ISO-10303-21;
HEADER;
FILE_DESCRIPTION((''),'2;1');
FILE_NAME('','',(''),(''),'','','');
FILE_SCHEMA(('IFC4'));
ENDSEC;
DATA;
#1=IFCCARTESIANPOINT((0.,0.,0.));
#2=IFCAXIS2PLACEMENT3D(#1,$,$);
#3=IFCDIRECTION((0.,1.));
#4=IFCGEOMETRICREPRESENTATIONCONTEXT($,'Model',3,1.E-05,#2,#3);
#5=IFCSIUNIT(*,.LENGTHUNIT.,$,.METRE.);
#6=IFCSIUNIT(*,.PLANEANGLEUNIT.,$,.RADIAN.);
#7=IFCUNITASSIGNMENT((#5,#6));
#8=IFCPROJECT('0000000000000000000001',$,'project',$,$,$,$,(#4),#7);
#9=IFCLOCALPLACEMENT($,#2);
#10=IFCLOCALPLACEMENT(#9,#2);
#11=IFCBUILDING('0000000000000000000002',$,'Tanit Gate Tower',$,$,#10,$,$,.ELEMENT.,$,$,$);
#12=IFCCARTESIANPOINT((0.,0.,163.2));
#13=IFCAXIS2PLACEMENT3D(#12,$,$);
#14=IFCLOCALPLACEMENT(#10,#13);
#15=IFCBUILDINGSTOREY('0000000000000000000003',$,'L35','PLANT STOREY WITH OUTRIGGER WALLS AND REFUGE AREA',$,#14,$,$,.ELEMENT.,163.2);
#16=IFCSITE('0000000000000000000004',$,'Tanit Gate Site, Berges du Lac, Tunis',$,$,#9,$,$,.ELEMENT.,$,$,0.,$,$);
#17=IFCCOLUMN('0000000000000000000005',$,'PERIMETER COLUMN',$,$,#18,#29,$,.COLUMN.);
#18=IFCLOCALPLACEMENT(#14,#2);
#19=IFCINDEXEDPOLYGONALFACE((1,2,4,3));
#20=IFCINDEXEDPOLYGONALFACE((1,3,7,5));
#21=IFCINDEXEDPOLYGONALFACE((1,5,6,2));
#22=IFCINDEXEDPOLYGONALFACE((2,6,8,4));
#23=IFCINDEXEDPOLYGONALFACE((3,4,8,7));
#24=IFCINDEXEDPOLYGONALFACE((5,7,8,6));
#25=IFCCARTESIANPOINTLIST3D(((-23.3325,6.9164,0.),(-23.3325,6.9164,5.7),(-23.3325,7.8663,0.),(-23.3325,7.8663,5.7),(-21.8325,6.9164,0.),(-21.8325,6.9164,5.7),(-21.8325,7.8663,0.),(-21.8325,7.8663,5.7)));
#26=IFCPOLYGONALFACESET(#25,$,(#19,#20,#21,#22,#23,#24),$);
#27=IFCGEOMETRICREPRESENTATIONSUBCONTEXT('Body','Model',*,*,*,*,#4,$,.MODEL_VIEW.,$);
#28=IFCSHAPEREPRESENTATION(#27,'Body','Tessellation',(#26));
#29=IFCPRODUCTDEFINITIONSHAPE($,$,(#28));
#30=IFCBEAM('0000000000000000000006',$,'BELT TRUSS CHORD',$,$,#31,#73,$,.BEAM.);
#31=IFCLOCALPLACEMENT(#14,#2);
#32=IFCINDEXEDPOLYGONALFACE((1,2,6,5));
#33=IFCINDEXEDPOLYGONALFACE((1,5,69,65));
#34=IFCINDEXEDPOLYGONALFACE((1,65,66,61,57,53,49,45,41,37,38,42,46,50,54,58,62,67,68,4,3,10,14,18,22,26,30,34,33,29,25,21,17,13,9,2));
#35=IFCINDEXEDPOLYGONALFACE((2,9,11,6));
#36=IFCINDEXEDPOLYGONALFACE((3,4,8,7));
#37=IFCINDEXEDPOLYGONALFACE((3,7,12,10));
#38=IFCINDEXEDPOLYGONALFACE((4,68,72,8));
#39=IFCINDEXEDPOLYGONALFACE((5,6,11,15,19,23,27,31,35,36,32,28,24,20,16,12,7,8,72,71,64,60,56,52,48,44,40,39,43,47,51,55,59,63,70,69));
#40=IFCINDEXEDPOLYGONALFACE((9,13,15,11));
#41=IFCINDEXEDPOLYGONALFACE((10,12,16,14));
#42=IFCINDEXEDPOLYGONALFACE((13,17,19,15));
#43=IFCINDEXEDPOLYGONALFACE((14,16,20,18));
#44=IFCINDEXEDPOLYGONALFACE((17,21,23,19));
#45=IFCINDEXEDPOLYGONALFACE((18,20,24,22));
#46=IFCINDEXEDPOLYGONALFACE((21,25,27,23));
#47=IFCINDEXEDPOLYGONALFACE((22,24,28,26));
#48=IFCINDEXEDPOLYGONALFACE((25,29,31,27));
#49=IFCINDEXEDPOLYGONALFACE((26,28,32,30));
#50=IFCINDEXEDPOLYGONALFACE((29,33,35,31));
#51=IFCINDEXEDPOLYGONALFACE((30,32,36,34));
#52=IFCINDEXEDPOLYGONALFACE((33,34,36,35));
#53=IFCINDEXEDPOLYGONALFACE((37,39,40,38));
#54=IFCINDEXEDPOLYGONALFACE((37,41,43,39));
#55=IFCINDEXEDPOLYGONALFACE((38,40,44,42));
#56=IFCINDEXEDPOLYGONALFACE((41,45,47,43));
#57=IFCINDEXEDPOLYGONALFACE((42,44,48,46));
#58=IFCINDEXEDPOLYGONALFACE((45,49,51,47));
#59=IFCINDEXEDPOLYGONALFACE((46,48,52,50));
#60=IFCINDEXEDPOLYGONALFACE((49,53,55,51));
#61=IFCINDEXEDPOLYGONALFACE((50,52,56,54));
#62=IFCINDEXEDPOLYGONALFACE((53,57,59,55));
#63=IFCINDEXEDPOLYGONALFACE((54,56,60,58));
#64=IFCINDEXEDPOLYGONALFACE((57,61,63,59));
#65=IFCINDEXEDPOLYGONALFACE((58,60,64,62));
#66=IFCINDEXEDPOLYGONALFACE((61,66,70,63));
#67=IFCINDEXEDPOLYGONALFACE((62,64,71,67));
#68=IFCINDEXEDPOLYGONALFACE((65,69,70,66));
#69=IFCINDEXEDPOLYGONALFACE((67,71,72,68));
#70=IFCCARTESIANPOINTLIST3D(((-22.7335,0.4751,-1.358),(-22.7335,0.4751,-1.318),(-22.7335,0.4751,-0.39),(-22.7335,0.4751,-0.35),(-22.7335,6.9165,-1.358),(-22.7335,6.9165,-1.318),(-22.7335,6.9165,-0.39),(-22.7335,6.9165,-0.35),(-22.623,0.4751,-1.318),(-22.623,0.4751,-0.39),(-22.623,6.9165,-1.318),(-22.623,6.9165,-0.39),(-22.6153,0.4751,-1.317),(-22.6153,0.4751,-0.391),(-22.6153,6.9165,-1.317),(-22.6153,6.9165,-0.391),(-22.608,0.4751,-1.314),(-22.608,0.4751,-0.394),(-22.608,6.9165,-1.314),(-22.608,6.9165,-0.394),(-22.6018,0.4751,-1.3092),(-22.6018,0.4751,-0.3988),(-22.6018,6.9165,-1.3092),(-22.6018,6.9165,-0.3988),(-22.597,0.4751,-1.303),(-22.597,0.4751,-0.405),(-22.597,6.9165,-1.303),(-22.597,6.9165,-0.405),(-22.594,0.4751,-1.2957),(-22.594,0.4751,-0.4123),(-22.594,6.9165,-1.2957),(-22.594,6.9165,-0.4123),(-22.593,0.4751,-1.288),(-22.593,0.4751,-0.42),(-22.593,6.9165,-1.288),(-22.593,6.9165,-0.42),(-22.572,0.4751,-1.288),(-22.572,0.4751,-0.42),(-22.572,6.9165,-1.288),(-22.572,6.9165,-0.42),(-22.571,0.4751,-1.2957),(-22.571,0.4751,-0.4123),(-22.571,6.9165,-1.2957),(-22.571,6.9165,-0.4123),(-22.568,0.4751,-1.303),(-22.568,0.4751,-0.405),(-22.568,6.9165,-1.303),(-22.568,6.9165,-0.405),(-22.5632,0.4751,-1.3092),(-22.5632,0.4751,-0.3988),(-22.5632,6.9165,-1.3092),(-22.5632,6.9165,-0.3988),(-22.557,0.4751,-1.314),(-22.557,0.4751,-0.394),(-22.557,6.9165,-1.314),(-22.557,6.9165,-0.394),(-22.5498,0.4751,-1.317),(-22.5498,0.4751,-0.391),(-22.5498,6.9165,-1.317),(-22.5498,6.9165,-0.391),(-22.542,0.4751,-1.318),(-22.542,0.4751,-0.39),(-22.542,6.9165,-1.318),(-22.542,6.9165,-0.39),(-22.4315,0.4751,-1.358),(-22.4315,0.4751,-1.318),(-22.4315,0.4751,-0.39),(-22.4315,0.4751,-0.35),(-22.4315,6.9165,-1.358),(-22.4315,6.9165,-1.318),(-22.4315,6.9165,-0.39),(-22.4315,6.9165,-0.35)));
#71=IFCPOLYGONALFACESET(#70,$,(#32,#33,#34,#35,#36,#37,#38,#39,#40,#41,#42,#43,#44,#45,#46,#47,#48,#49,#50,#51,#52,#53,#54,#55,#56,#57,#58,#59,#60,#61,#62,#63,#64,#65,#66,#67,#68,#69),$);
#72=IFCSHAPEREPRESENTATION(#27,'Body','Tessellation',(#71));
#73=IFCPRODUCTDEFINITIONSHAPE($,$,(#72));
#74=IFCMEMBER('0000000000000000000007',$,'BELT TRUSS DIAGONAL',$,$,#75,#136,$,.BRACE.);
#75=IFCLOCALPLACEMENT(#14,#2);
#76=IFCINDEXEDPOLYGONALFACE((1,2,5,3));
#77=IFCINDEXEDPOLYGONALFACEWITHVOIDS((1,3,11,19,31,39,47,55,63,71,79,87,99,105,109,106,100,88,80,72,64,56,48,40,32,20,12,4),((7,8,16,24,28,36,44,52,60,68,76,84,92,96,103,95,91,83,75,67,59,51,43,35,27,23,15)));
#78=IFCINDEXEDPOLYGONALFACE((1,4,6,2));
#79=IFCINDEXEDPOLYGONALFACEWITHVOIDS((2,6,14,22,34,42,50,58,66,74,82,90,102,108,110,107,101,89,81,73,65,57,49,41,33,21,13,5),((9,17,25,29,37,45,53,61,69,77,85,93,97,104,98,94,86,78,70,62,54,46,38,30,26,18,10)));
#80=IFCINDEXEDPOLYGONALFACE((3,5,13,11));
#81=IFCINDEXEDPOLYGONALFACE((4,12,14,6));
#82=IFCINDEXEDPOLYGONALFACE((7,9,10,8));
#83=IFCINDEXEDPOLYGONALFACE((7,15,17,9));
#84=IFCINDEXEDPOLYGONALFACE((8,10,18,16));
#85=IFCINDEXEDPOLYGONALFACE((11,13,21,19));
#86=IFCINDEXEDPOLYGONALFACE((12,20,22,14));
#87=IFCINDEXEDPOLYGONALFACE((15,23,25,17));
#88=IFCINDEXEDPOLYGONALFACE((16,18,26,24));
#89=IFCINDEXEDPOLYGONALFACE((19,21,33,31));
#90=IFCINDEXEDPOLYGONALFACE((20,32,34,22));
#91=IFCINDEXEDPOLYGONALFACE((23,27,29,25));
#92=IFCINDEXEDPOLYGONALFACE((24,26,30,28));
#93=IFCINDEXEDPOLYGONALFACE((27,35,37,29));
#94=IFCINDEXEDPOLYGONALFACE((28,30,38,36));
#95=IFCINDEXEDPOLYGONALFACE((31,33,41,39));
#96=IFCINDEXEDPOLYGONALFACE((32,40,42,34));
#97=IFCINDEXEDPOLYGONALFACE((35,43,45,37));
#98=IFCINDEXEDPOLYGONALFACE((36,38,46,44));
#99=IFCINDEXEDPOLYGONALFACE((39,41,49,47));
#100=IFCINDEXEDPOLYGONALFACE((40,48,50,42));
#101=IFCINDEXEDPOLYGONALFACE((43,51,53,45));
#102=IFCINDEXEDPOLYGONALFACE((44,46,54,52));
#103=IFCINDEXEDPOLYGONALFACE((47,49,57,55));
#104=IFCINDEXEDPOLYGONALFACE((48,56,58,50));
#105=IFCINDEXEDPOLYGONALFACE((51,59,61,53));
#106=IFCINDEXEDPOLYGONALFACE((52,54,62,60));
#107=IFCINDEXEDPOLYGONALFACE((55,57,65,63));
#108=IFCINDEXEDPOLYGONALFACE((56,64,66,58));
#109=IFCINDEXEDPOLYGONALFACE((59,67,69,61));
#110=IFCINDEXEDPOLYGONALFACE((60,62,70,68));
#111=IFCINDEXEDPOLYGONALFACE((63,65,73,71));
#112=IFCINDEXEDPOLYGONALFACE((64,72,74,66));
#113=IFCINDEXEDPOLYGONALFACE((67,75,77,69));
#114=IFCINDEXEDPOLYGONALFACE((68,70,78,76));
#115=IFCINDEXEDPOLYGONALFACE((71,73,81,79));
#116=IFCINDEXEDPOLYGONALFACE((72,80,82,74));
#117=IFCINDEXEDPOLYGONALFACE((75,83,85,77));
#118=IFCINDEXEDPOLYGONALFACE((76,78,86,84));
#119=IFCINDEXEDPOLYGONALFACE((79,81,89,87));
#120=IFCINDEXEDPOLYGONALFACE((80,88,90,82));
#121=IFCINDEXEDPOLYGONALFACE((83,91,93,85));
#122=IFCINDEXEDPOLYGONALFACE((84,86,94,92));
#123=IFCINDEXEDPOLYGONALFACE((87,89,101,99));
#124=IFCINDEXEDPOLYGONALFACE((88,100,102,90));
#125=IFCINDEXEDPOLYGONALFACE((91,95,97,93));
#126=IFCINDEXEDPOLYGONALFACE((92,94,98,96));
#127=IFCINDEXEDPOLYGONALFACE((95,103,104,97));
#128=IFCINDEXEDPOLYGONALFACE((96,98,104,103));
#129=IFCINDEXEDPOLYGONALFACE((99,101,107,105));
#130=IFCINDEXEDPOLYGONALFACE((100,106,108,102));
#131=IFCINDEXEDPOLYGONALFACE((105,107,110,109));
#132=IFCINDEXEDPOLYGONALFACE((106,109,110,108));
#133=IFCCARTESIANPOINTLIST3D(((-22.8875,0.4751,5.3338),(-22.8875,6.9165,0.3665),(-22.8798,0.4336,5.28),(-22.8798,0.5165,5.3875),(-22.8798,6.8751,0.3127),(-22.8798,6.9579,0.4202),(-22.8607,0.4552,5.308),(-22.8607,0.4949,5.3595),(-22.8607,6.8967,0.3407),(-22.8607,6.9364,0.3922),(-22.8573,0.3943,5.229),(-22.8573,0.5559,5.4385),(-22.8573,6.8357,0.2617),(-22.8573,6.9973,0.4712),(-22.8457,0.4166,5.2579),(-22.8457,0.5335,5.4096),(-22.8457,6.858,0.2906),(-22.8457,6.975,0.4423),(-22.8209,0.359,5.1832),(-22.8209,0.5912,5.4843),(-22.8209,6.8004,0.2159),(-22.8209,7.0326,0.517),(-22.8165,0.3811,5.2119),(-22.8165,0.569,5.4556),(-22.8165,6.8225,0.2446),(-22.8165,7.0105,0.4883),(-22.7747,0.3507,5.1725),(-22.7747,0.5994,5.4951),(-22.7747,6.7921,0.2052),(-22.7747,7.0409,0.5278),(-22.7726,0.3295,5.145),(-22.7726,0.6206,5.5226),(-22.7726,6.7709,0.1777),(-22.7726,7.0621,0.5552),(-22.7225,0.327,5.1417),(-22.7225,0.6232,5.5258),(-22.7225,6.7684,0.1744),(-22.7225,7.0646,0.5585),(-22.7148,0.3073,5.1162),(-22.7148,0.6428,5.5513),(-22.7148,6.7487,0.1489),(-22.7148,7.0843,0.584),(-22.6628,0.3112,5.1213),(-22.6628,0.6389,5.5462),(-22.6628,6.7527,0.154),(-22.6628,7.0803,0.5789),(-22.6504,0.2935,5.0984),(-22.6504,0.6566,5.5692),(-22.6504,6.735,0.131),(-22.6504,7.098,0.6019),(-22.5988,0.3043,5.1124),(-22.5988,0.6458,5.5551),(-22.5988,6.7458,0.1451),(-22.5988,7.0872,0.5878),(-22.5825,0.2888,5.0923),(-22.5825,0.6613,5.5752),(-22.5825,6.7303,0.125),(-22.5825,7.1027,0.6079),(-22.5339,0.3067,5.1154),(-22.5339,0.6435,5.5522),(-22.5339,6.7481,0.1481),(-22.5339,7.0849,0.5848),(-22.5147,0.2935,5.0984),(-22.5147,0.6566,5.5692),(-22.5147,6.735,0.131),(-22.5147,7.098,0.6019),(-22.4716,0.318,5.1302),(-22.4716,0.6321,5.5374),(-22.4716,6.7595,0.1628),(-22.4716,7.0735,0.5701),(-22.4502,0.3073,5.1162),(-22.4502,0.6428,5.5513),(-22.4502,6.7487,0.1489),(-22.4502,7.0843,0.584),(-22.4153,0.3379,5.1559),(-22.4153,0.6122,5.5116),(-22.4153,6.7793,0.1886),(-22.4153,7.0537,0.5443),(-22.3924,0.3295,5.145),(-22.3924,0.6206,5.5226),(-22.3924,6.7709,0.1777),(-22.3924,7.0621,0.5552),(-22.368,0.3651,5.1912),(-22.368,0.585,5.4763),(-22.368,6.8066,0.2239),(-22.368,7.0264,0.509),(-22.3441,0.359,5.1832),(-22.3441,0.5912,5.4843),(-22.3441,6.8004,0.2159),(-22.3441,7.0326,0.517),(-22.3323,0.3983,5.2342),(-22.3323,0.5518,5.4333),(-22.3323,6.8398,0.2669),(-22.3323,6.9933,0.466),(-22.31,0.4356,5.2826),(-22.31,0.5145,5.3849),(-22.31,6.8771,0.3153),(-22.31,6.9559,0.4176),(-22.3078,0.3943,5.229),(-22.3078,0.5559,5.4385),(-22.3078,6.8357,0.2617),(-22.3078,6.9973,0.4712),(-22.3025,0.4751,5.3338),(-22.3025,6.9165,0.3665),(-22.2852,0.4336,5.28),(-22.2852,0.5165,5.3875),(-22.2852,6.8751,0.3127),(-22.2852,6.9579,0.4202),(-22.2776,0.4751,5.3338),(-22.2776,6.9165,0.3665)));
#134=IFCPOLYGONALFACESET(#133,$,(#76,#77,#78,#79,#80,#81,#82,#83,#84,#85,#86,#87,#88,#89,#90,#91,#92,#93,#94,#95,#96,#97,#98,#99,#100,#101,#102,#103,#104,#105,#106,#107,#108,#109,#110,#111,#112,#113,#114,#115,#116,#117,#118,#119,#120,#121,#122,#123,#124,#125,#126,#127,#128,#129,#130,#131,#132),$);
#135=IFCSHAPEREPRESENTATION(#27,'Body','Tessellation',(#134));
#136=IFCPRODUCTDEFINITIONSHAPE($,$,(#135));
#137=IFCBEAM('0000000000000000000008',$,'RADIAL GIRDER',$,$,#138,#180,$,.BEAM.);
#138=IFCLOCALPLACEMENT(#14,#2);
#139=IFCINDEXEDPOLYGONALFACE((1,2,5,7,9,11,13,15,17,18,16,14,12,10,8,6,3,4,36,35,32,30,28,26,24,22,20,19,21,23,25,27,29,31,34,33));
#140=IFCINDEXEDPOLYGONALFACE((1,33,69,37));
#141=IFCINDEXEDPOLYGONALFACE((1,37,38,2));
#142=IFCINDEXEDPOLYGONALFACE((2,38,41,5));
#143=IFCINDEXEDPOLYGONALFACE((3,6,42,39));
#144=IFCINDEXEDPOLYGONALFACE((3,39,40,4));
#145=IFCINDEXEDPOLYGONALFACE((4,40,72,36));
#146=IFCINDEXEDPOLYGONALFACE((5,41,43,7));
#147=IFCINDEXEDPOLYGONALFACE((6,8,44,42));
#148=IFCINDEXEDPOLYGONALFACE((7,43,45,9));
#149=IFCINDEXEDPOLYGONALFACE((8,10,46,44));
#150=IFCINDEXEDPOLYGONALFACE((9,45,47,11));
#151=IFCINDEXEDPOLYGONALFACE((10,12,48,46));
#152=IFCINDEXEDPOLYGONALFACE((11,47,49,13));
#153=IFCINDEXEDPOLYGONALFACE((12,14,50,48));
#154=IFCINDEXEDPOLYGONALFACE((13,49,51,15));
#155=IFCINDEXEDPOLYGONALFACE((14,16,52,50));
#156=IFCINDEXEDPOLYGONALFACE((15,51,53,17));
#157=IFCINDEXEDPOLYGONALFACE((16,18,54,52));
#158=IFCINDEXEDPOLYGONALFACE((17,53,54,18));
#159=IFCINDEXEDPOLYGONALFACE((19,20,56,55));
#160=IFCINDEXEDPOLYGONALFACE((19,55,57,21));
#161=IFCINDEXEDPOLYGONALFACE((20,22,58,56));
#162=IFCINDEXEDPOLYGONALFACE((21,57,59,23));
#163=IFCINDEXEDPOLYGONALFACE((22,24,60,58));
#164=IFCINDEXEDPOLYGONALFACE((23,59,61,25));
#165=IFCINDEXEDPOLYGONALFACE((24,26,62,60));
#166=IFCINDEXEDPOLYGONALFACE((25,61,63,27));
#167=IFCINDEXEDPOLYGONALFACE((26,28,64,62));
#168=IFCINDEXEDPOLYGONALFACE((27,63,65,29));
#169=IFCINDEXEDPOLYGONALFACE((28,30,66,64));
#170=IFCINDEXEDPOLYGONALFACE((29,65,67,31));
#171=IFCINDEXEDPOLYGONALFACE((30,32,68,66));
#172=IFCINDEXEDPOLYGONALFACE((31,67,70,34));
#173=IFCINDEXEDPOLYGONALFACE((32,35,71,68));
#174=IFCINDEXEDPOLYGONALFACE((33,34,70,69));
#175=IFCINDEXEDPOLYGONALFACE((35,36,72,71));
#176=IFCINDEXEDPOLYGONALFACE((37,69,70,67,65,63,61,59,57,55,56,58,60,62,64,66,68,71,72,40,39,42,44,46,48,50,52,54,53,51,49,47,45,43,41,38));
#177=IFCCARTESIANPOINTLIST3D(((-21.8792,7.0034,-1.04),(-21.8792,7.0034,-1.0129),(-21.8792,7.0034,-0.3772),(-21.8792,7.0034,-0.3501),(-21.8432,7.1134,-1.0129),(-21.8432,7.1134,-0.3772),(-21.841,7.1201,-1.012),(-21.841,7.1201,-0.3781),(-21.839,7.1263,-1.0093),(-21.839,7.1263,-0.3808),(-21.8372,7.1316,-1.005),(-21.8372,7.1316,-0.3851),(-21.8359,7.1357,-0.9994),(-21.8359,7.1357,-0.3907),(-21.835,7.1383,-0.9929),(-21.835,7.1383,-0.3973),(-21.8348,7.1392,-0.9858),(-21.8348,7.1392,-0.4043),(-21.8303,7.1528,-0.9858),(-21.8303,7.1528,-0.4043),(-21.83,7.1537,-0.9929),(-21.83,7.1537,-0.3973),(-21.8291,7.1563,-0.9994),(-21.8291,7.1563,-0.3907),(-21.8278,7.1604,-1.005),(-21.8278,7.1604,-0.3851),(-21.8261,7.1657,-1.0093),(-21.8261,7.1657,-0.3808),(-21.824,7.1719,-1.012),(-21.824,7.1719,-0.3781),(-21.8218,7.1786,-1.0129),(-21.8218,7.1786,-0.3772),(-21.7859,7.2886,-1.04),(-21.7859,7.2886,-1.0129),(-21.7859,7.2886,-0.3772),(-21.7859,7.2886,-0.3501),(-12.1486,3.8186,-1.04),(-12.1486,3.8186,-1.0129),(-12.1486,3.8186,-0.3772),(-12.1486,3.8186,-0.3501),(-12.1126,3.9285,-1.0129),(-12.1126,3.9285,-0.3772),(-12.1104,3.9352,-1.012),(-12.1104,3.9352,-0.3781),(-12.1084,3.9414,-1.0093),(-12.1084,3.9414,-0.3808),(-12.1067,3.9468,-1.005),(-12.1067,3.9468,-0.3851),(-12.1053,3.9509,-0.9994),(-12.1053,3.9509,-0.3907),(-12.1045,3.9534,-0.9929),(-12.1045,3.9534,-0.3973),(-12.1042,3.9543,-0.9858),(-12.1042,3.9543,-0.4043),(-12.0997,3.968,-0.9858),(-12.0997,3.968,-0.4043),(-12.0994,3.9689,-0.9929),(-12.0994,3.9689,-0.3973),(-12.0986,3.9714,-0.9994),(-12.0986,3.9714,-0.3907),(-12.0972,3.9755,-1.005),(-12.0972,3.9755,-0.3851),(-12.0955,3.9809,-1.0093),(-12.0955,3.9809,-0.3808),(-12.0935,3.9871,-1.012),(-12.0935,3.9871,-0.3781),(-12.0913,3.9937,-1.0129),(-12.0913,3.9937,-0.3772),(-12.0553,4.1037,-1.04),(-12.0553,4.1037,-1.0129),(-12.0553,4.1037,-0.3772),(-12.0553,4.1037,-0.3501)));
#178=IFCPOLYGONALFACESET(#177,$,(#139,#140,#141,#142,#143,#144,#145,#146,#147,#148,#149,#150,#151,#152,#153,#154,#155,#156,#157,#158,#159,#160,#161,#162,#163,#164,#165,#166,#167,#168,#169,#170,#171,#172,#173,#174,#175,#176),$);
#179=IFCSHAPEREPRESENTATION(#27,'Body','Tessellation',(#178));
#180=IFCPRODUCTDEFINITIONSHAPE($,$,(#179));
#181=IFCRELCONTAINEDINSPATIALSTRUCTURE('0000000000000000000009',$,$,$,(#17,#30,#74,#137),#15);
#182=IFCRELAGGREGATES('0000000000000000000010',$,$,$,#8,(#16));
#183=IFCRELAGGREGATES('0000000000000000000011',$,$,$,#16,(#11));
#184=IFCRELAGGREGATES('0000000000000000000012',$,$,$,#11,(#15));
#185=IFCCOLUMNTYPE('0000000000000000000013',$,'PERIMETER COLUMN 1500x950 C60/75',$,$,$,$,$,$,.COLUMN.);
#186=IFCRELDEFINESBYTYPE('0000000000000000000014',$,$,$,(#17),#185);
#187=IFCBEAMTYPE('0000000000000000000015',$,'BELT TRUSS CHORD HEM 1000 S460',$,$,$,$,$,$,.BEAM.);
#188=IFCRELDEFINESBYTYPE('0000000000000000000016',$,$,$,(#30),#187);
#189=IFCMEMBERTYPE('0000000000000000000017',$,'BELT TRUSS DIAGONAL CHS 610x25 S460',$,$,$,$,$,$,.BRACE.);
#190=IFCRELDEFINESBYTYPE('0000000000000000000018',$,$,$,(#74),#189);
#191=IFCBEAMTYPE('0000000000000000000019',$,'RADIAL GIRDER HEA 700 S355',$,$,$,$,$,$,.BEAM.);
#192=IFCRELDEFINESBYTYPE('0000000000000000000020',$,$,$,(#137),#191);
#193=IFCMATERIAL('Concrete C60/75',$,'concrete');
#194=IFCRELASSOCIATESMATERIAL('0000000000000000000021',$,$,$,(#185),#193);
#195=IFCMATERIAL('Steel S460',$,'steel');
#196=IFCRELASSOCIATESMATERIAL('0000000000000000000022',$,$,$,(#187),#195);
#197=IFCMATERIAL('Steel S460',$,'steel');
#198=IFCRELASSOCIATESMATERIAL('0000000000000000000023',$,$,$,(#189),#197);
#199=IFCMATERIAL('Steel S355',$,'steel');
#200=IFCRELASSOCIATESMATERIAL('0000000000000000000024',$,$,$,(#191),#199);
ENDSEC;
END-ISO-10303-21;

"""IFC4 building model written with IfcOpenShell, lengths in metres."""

from ifc_helpers import new_model, si_unit, direction, frame, origin, origin_2d, place, context, subcontext, project, spatial, rectangle, hollow_circle, i_section, extrude, material, material_profile, profile_set, type_object, element, save


model = new_model("IFC4")

# Units and contexts
model_context = context("Model", 3, precision=1e-05, world=origin(), true_north=direction((0.0, 1.0)))
body_context = subcontext(model_context, "Body", "Model", "MODEL_VIEW")
ifc_project = project(units=[si_unit("LENGTHUNIT", "METRE"), si_unit("PLANEANGLEUNIT", "RADIAN")], contexts=[model_context])

# Site, building, storey
site_placement = place(None, origin())
site = spatial("IfcSite", under=ifc_project, at=site_placement, Name="Tanit Gate Site, Berges du Lac, Tunis", CompositionType="ELEMENT", RefElevation=0.0)
building_placement = place(site_placement, origin())
building = spatial("IfcBuilding", under=site, at=building_placement, Name="Tanit Gate Tower", CompositionType="ELEMENT")
storey_placement = place(building_placement, frame((0.0, 0.0, 163.2)))
storey = spatial("IfcBuildingStorey", under=building, at=storey_placement, Name="L35", Description="PLANT STOREY WITH OUTRIGGER WALLS AND REFUGE AREA", CompositionType="ELEMENT", Elevation=163.2)

# Column
ifc_material_1 = material(Name="Concrete C60/75", Category="concrete")
ifc_material_profile_1 = material_profile(ifc_material_1, rectangle(XDim=1.5, YDim=0.95, at=origin_2d()), Name="RC 1500x950")
ifc_profile_set_1 = profile_set([ifc_material_profile_1], Name="Concrete C60/75")
column_type = type_object("IfcColumnType", Name="PERIMETER COLUMN 1500x950 C60/75", PredefinedType="COLUMN", material=ifc_profile_set_1)
column_placement = place(storey_placement, frame((-22.5825, 7.3914, 0.0), z_axis=(0.0, 0.0, 1.0), x_axis=(-1.0, 0.0, 0.0)))
element("IfcColumn", 1, at=column_placement, inside=storey, type_object=column_type, Name="PERIMETER COLUMN", PredefinedType="COLUMN", context=body_context, shape_type="SweptSolid", body=[
    extrude(rectangle(XDim=1.5, YDim=0.95, at=origin_2d()), origin(), (0.0, 0.0, 1.0), 5.7),
])

# Beam
ifc_material_2 = material(Name="Steel S460", Category="steel")
ifc_material_profile_2 = material_profile(ifc_material_2, i_section(OverallWidth=0.302, OverallDepth=1.0081, WebThickness=0.021, FlangeThickness=0.04, FilletRadius=0.03, at=origin_2d()), Name="HEM 1000")
ifc_profile_set_2 = profile_set([ifc_material_profile_2], Name="Steel S460")
beam_type_1 = type_object("IfcBeamType", Name="BELT TRUSS CHORD HEM 1000 S460", PredefinedType="BEAM", material=ifc_profile_set_2)
beam_1_placement = place(storey_placement, frame((-22.5825, 6.9165, -0.854), z_axis=(0.0, -1.0, 0.0), x_axis=(1.0, 0.0, 0.0)))
element("IfcBeam", 2, at=beam_1_placement, inside=storey, type_object=beam_type_1, Name="BELT TRUSS CHORD", PredefinedType="BEAM", context=body_context, shape_type="SweptSolid", body=[
    extrude(i_section(OverallWidth=0.302, OverallDepth=1.0081, WebThickness=0.021, FlangeThickness=0.04, FilletRadius=0.03, at=origin_2d()), origin(), (0.0, 0.0, 1.0), 6.4414),
])

# Member
ifc_material_3 = material(Name="Steel S460", Category="steel")
ifc_material_profile_3 = material_profile(ifc_material_3, hollow_circle(Radius=0.3049, WallThickness=0.0249, at=origin_2d()), Name="CHS 610x25")
ifc_profile_set_3 = profile_set([ifc_material_profile_3], Name="Steel S460")
member_type = type_object("IfcMemberType", Name="BELT TRUSS DIAGONAL CHS 610x25 S460", PredefinedType="BRACE", material=ifc_profile_set_3)
member_placement = place(storey_placement, frame((-22.5825, 6.9165, 0.3665), z_axis=(0.0, -0.791889, 0.610665), x_axis=(1.0, 0.0, 0.0)))
element("IfcMember", 3, at=member_placement, inside=storey, type_object=member_type, Name="BELT TRUSS DIAGONAL", PredefinedType="BRACE", context=body_context, shape_type="SweptSolid", body=[
    extrude(hollow_circle(Radius=0.3049, WallThickness=0.0249, at=origin_2d()), origin(), (0.0, 0.0, 1.0), 8.1343),
])

# Beam
ifc_material_4 = material(Name="Steel S355", Category="steel")
ifc_material_profile_4 = material_profile(ifc_material_4, i_section(OverallWidth=0.3, OverallDepth=0.6899, WebThickness=0.0144, FlangeThickness=0.0271, FilletRadius=0.0271, at=origin_2d()), Name="HEA 700")
ifc_profile_set_4 = profile_set([ifc_material_profile_4], Name="Steel S355")
beam_type_2 = type_object("IfcBeamType", Name="RADIAL GIRDER HEA 700 S355", PredefinedType="BEAM", material=ifc_profile_set_4)
beam_2_placement = place(storey_placement, frame((-21.8325, 7.146, -0.6951), z_axis=(0.950389, -0.311065, 0.0), x_axis=(0.311065, 0.950389, 0.0)))
element("IfcBeam", 4, at=beam_2_placement, inside=storey, type_object=beam_type_2, Name="RADIAL GIRDER", PredefinedType="BEAM", context=body_context, shape_type="SweptSolid", body=[
    extrude(i_section(OverallWidth=0.3, OverallDepth=0.6899, WebThickness=0.0144, FlangeThickness=0.0271, FilletRadius=0.0271, at=origin_2d()), origin(), (0.0, 0.0, 1.0), 10.2385),
])

save(model, "model.ifc")
